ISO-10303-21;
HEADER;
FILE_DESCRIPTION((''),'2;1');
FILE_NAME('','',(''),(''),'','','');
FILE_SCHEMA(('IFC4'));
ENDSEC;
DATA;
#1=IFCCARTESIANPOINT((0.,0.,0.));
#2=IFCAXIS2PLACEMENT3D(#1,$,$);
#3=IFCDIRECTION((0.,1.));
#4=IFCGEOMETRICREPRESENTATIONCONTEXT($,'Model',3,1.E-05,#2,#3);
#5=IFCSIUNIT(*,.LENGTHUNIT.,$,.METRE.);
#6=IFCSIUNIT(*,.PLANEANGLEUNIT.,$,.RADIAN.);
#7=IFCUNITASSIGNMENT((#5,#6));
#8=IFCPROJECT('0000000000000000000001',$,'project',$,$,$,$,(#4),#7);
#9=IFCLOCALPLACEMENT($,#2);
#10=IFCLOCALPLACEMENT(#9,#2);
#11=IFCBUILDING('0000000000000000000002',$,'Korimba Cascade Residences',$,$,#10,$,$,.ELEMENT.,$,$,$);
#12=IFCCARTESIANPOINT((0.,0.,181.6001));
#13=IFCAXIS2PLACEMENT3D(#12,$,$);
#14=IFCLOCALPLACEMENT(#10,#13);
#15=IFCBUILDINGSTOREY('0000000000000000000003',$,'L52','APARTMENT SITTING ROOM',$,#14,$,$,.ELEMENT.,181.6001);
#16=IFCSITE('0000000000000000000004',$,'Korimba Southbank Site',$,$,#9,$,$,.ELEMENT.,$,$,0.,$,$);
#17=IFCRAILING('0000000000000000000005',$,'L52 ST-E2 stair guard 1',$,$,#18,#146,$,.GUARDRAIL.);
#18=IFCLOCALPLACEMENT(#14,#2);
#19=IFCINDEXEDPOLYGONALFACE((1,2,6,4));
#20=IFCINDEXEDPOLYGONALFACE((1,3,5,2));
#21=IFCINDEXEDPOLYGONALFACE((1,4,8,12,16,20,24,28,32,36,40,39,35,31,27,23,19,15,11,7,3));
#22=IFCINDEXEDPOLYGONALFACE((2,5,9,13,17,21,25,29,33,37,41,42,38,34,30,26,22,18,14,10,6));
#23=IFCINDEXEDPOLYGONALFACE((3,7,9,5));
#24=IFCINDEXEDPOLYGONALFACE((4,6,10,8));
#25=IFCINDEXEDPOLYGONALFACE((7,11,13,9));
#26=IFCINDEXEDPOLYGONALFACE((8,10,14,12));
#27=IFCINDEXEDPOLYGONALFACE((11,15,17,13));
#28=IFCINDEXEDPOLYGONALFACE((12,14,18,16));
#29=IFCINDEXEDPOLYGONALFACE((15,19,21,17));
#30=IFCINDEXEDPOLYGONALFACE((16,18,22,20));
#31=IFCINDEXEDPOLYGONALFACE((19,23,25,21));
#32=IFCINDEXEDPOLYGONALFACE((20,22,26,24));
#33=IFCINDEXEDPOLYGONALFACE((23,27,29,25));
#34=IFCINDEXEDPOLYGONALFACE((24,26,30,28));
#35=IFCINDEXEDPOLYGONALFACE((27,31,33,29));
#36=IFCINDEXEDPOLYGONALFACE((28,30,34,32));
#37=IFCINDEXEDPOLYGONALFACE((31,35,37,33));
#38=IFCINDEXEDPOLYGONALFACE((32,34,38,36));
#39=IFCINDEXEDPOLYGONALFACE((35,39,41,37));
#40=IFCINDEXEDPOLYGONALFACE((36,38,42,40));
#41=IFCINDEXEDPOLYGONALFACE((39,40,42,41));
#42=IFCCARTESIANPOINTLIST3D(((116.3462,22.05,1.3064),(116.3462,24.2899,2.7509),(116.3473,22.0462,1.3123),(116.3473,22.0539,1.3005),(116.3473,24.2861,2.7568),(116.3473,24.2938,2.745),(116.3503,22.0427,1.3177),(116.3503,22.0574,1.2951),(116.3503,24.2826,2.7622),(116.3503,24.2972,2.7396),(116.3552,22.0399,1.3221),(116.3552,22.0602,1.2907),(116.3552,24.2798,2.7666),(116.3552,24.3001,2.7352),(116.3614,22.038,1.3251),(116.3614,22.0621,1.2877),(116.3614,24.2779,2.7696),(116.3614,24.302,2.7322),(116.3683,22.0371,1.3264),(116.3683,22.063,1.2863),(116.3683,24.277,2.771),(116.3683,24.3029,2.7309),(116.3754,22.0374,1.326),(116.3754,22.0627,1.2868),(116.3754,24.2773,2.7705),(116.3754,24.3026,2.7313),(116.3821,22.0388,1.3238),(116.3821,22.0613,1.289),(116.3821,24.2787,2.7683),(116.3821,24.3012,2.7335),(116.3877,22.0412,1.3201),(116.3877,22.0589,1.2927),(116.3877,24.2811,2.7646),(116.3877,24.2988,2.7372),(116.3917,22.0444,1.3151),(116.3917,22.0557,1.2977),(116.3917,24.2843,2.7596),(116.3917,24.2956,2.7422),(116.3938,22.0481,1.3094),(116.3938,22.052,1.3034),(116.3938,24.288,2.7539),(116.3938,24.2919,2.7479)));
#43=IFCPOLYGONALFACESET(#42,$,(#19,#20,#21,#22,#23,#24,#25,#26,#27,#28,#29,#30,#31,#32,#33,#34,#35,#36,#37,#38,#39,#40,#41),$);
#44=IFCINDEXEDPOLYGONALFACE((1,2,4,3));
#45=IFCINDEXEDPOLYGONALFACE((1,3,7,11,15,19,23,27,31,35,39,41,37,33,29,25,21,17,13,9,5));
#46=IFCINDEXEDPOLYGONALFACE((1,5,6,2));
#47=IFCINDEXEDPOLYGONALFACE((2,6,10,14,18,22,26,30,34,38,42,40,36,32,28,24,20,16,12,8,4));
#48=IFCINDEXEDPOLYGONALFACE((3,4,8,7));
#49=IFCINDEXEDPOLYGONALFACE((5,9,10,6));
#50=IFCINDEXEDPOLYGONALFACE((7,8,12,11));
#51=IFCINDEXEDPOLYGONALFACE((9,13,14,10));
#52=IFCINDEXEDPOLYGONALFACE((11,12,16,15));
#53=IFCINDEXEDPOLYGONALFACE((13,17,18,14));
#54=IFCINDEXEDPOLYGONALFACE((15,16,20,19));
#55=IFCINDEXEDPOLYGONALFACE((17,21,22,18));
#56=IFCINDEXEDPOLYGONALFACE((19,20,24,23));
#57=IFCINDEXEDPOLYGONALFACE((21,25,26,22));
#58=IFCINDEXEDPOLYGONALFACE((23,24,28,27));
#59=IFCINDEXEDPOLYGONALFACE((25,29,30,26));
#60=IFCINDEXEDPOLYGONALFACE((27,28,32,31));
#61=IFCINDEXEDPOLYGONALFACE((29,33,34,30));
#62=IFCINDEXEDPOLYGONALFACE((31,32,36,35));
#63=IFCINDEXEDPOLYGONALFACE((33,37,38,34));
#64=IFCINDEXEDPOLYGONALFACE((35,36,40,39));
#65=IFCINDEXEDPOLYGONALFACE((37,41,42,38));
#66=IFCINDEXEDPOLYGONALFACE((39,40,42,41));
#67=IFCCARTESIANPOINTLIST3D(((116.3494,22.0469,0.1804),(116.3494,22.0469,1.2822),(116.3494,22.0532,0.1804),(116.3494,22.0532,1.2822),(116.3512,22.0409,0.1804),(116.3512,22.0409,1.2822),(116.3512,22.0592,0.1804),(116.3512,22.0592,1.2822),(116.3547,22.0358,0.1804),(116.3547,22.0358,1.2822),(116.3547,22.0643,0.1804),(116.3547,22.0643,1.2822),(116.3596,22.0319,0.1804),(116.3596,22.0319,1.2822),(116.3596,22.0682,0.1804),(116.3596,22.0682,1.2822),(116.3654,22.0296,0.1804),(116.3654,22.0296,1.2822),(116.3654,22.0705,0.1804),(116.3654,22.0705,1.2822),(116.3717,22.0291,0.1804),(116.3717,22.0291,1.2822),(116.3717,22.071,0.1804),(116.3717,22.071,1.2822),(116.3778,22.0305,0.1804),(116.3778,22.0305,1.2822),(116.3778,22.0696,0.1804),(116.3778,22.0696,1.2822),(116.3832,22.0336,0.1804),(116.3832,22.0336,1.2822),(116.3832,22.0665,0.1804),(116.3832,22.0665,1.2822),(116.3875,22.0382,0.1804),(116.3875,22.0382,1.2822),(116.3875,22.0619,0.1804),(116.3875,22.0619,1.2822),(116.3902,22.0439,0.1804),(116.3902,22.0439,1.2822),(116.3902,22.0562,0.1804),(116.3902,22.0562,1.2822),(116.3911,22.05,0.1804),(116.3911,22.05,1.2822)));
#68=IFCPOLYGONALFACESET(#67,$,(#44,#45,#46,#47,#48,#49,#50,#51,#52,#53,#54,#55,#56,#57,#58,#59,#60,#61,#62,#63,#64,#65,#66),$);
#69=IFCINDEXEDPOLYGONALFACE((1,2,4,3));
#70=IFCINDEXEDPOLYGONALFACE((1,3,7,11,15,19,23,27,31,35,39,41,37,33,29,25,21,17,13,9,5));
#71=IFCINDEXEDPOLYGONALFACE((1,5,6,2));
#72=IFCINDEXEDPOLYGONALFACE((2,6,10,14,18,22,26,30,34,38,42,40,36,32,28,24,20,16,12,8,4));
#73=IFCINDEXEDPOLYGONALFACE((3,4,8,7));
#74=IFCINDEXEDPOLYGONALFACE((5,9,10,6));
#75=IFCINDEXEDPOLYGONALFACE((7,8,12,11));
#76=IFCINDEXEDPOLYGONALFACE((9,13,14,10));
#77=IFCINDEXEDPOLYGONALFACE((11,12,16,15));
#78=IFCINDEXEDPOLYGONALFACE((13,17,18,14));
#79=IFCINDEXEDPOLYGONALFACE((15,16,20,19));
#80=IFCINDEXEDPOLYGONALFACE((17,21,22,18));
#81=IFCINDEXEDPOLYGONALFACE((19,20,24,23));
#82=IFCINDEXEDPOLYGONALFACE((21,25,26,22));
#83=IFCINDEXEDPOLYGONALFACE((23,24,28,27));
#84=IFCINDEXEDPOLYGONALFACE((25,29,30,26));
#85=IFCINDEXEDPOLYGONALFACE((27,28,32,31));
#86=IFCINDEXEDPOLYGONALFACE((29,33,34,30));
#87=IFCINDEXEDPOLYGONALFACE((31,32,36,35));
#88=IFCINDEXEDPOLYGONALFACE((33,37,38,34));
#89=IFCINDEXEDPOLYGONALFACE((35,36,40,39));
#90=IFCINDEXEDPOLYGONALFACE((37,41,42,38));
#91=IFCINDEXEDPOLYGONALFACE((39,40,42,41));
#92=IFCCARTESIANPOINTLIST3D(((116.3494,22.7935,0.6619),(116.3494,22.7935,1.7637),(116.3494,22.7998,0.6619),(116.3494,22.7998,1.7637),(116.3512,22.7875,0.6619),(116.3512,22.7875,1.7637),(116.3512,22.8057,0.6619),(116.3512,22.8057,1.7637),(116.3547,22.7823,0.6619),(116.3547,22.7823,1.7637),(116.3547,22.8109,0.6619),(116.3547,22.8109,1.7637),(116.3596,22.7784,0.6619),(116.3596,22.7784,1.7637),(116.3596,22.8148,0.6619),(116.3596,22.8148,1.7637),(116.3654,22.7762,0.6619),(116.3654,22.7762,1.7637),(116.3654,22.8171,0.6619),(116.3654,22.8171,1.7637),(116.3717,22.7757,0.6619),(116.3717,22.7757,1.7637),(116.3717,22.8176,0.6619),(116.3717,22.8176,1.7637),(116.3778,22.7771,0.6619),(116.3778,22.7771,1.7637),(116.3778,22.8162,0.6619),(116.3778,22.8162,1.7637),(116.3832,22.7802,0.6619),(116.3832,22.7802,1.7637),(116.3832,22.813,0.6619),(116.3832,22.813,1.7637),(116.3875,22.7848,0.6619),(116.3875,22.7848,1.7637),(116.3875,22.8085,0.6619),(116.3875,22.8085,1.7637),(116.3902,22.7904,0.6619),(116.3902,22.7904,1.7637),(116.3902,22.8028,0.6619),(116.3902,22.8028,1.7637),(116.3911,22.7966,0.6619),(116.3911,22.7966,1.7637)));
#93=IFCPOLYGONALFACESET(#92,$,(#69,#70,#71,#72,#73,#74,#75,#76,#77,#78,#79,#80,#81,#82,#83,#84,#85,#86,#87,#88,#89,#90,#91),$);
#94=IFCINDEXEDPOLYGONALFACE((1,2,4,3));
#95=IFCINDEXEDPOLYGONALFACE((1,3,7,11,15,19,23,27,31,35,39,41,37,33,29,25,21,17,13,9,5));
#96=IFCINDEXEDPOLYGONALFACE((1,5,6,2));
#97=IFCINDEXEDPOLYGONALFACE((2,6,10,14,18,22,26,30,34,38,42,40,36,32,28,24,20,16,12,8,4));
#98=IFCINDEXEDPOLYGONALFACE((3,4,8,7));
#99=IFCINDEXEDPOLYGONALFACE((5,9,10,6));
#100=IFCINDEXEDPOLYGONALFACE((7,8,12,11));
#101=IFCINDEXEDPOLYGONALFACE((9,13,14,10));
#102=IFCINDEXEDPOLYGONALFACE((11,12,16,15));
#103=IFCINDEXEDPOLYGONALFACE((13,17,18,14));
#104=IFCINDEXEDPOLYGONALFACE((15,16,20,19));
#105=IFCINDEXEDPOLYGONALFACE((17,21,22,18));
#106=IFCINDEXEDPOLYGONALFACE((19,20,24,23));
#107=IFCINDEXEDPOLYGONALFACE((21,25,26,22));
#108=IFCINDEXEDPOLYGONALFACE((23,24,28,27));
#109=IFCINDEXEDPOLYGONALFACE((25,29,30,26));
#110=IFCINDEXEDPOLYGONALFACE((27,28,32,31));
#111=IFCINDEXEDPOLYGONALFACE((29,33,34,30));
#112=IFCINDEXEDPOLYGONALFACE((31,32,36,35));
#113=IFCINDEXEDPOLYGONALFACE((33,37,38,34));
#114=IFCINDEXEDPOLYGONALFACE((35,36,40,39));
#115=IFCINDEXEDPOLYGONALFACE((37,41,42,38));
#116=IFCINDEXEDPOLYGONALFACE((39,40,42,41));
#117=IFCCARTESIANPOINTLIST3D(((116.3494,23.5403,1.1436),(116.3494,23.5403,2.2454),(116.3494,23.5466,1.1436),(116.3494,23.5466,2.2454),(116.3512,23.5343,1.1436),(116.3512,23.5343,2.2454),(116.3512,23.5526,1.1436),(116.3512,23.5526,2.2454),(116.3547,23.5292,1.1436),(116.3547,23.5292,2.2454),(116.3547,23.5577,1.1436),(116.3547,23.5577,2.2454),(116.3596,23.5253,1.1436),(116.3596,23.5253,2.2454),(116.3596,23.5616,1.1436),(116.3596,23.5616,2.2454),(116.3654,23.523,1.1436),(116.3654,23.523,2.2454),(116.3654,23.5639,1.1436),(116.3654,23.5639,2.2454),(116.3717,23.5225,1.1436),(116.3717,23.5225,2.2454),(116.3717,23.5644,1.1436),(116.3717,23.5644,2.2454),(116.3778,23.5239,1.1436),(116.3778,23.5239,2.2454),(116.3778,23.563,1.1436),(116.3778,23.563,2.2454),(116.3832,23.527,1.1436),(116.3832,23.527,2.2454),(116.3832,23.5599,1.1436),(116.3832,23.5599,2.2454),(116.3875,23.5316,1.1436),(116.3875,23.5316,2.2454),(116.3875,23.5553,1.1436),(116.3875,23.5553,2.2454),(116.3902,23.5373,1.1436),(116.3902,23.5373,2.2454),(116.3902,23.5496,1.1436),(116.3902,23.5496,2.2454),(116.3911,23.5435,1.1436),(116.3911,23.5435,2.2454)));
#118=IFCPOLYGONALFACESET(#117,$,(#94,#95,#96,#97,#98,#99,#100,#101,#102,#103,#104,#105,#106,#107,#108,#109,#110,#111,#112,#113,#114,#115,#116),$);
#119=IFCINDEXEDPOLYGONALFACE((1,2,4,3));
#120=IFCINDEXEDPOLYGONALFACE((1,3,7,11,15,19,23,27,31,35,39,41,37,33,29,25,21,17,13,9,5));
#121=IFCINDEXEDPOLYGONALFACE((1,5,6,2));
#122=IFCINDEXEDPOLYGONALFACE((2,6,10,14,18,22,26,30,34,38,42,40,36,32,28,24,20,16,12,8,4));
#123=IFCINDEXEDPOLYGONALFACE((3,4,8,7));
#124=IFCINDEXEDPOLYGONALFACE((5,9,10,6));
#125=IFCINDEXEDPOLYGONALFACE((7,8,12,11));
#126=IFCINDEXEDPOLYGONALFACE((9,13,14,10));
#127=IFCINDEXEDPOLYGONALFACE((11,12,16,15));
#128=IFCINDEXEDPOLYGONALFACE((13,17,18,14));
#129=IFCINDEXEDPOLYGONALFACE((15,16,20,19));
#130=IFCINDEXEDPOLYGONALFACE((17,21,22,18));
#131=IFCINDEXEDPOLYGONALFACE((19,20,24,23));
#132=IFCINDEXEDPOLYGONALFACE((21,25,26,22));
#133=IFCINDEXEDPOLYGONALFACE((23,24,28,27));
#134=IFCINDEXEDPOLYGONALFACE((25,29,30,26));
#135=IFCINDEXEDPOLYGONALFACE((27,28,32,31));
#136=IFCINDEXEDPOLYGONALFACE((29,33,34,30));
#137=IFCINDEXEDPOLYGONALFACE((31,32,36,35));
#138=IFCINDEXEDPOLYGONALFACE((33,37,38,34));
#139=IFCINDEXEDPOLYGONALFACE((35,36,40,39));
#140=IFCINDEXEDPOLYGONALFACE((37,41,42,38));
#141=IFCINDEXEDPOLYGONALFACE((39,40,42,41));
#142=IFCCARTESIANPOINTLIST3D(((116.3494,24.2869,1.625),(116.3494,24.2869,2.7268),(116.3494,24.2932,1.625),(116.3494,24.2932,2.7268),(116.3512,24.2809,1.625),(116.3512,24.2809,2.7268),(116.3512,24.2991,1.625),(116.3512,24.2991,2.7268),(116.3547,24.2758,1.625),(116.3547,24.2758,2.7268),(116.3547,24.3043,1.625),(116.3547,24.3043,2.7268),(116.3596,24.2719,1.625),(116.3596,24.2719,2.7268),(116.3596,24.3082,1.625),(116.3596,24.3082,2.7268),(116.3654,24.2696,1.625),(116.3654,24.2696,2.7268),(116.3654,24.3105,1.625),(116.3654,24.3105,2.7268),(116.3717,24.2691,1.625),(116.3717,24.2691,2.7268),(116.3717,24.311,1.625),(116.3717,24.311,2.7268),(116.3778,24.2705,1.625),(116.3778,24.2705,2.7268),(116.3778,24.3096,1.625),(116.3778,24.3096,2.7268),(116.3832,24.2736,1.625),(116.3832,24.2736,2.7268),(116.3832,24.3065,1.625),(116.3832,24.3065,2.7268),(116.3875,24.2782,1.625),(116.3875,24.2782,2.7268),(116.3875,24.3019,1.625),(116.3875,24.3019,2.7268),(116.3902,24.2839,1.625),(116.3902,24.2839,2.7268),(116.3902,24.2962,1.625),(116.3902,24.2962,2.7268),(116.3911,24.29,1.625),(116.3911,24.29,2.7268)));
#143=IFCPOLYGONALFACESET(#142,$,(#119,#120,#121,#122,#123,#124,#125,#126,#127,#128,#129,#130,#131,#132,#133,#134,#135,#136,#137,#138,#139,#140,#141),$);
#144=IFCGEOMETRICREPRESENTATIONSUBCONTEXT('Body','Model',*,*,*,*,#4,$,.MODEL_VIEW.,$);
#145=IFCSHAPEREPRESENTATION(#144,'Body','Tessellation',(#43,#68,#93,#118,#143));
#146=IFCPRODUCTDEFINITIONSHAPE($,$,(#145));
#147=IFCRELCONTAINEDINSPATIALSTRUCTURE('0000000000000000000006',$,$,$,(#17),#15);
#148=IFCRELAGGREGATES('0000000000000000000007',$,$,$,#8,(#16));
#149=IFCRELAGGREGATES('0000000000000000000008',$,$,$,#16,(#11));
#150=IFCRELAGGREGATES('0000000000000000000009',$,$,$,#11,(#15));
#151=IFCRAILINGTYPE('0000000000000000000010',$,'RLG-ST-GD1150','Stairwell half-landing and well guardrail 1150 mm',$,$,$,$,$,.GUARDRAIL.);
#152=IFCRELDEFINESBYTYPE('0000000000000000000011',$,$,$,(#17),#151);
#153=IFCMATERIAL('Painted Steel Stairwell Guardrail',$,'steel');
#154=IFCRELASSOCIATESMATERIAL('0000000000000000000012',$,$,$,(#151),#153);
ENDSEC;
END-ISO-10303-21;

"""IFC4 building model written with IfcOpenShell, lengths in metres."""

from ifc_helpers import new_model, si_unit, direction, frame, origin, origin_2d, place, context, subcontext, project, spatial, circle, extrude, material, type_object, element, save


model = new_model("IFC4")

# Units and contexts
model_context = context("Model", 3, precision=1e-05, world=origin(), true_north=direction((0.0, 1.0)))
body_context = subcontext(model_context, "Body", "Model", "MODEL_VIEW")
ifc_project = project(units=[si_unit("LENGTHUNIT", "METRE"), si_unit("PLANEANGLEUNIT", "RADIAN")], contexts=[model_context])

# Site, building, storey
site_placement = place(None, origin())
site = spatial("IfcSite", under=ifc_project, at=site_placement, Name="Korimba Southbank Site", CompositionType="ELEMENT", RefElevation=0.0)
building_placement = place(site_placement, origin())
building = spatial("IfcBuilding", under=site, at=building_placement, Name="Korimba Cascade Residences", CompositionType="ELEMENT")
storey_placement = place(building_placement, frame((0.0, 0.0, 181.6001)))
storey = spatial("IfcBuildingStorey", under=building, at=storey_placement, Name="L52", Description="APARTMENT SITTING ROOM", CompositionType="ELEMENT", Elevation=181.6001)

# Railing
ifc_material_1 = material(Name="Painted Steel Stairwell Guardrail", Category="steel")
railing_type_1 = type_object("IfcRailingType", Name="RLG-ST-GD1150", Description="Stairwell half-landing and well guardrail 1150 mm", PredefinedType="GUARDRAIL", material=ifc_material_1)
railing_1_placement = place(storey_placement, frame((116.3701, 22.05, 0.1804)))
element("IfcRailing", 1, at=railing_1_placement, inside=storey, type_object=railing_type_1, Name="L52 ST-E2 stair guard 1", PredefinedType="GUARDRAIL", context=body_context, shape_type="SweptSolid", body=[
    extrude(circle(Radius=0.0239, at=origin_2d()), frame((0.0, 0.0, 1.126), z_axis=(0.0, 0.840395, 0.541975), x_axis=(-1.0, 0.0, 0.0)), (0.0, 0.0, 1.0), 2.6653),
    extrude(circle(Radius=0.021, at=origin_2d()), origin(), (0.0, 0.0, 1.0), 1.1018),
    extrude(circle(Radius=0.021, at=origin_2d()), frame((0.0, 0.7466, 0.4814)), (0.0, 0.0, 1.0), 1.1018),
    extrude(circle(Radius=0.021, at=origin_2d()), frame((0.0, 1.4934, 0.9631)), (0.0, 0.0, 1.0), 1.1018),
    extrude(circle(Radius=0.021, at=origin_2d()), frame((0.0, 2.24, 1.4446)), (0.0, 0.0, 1.0), 1.1018),
])

save(model, "model.ifc")
